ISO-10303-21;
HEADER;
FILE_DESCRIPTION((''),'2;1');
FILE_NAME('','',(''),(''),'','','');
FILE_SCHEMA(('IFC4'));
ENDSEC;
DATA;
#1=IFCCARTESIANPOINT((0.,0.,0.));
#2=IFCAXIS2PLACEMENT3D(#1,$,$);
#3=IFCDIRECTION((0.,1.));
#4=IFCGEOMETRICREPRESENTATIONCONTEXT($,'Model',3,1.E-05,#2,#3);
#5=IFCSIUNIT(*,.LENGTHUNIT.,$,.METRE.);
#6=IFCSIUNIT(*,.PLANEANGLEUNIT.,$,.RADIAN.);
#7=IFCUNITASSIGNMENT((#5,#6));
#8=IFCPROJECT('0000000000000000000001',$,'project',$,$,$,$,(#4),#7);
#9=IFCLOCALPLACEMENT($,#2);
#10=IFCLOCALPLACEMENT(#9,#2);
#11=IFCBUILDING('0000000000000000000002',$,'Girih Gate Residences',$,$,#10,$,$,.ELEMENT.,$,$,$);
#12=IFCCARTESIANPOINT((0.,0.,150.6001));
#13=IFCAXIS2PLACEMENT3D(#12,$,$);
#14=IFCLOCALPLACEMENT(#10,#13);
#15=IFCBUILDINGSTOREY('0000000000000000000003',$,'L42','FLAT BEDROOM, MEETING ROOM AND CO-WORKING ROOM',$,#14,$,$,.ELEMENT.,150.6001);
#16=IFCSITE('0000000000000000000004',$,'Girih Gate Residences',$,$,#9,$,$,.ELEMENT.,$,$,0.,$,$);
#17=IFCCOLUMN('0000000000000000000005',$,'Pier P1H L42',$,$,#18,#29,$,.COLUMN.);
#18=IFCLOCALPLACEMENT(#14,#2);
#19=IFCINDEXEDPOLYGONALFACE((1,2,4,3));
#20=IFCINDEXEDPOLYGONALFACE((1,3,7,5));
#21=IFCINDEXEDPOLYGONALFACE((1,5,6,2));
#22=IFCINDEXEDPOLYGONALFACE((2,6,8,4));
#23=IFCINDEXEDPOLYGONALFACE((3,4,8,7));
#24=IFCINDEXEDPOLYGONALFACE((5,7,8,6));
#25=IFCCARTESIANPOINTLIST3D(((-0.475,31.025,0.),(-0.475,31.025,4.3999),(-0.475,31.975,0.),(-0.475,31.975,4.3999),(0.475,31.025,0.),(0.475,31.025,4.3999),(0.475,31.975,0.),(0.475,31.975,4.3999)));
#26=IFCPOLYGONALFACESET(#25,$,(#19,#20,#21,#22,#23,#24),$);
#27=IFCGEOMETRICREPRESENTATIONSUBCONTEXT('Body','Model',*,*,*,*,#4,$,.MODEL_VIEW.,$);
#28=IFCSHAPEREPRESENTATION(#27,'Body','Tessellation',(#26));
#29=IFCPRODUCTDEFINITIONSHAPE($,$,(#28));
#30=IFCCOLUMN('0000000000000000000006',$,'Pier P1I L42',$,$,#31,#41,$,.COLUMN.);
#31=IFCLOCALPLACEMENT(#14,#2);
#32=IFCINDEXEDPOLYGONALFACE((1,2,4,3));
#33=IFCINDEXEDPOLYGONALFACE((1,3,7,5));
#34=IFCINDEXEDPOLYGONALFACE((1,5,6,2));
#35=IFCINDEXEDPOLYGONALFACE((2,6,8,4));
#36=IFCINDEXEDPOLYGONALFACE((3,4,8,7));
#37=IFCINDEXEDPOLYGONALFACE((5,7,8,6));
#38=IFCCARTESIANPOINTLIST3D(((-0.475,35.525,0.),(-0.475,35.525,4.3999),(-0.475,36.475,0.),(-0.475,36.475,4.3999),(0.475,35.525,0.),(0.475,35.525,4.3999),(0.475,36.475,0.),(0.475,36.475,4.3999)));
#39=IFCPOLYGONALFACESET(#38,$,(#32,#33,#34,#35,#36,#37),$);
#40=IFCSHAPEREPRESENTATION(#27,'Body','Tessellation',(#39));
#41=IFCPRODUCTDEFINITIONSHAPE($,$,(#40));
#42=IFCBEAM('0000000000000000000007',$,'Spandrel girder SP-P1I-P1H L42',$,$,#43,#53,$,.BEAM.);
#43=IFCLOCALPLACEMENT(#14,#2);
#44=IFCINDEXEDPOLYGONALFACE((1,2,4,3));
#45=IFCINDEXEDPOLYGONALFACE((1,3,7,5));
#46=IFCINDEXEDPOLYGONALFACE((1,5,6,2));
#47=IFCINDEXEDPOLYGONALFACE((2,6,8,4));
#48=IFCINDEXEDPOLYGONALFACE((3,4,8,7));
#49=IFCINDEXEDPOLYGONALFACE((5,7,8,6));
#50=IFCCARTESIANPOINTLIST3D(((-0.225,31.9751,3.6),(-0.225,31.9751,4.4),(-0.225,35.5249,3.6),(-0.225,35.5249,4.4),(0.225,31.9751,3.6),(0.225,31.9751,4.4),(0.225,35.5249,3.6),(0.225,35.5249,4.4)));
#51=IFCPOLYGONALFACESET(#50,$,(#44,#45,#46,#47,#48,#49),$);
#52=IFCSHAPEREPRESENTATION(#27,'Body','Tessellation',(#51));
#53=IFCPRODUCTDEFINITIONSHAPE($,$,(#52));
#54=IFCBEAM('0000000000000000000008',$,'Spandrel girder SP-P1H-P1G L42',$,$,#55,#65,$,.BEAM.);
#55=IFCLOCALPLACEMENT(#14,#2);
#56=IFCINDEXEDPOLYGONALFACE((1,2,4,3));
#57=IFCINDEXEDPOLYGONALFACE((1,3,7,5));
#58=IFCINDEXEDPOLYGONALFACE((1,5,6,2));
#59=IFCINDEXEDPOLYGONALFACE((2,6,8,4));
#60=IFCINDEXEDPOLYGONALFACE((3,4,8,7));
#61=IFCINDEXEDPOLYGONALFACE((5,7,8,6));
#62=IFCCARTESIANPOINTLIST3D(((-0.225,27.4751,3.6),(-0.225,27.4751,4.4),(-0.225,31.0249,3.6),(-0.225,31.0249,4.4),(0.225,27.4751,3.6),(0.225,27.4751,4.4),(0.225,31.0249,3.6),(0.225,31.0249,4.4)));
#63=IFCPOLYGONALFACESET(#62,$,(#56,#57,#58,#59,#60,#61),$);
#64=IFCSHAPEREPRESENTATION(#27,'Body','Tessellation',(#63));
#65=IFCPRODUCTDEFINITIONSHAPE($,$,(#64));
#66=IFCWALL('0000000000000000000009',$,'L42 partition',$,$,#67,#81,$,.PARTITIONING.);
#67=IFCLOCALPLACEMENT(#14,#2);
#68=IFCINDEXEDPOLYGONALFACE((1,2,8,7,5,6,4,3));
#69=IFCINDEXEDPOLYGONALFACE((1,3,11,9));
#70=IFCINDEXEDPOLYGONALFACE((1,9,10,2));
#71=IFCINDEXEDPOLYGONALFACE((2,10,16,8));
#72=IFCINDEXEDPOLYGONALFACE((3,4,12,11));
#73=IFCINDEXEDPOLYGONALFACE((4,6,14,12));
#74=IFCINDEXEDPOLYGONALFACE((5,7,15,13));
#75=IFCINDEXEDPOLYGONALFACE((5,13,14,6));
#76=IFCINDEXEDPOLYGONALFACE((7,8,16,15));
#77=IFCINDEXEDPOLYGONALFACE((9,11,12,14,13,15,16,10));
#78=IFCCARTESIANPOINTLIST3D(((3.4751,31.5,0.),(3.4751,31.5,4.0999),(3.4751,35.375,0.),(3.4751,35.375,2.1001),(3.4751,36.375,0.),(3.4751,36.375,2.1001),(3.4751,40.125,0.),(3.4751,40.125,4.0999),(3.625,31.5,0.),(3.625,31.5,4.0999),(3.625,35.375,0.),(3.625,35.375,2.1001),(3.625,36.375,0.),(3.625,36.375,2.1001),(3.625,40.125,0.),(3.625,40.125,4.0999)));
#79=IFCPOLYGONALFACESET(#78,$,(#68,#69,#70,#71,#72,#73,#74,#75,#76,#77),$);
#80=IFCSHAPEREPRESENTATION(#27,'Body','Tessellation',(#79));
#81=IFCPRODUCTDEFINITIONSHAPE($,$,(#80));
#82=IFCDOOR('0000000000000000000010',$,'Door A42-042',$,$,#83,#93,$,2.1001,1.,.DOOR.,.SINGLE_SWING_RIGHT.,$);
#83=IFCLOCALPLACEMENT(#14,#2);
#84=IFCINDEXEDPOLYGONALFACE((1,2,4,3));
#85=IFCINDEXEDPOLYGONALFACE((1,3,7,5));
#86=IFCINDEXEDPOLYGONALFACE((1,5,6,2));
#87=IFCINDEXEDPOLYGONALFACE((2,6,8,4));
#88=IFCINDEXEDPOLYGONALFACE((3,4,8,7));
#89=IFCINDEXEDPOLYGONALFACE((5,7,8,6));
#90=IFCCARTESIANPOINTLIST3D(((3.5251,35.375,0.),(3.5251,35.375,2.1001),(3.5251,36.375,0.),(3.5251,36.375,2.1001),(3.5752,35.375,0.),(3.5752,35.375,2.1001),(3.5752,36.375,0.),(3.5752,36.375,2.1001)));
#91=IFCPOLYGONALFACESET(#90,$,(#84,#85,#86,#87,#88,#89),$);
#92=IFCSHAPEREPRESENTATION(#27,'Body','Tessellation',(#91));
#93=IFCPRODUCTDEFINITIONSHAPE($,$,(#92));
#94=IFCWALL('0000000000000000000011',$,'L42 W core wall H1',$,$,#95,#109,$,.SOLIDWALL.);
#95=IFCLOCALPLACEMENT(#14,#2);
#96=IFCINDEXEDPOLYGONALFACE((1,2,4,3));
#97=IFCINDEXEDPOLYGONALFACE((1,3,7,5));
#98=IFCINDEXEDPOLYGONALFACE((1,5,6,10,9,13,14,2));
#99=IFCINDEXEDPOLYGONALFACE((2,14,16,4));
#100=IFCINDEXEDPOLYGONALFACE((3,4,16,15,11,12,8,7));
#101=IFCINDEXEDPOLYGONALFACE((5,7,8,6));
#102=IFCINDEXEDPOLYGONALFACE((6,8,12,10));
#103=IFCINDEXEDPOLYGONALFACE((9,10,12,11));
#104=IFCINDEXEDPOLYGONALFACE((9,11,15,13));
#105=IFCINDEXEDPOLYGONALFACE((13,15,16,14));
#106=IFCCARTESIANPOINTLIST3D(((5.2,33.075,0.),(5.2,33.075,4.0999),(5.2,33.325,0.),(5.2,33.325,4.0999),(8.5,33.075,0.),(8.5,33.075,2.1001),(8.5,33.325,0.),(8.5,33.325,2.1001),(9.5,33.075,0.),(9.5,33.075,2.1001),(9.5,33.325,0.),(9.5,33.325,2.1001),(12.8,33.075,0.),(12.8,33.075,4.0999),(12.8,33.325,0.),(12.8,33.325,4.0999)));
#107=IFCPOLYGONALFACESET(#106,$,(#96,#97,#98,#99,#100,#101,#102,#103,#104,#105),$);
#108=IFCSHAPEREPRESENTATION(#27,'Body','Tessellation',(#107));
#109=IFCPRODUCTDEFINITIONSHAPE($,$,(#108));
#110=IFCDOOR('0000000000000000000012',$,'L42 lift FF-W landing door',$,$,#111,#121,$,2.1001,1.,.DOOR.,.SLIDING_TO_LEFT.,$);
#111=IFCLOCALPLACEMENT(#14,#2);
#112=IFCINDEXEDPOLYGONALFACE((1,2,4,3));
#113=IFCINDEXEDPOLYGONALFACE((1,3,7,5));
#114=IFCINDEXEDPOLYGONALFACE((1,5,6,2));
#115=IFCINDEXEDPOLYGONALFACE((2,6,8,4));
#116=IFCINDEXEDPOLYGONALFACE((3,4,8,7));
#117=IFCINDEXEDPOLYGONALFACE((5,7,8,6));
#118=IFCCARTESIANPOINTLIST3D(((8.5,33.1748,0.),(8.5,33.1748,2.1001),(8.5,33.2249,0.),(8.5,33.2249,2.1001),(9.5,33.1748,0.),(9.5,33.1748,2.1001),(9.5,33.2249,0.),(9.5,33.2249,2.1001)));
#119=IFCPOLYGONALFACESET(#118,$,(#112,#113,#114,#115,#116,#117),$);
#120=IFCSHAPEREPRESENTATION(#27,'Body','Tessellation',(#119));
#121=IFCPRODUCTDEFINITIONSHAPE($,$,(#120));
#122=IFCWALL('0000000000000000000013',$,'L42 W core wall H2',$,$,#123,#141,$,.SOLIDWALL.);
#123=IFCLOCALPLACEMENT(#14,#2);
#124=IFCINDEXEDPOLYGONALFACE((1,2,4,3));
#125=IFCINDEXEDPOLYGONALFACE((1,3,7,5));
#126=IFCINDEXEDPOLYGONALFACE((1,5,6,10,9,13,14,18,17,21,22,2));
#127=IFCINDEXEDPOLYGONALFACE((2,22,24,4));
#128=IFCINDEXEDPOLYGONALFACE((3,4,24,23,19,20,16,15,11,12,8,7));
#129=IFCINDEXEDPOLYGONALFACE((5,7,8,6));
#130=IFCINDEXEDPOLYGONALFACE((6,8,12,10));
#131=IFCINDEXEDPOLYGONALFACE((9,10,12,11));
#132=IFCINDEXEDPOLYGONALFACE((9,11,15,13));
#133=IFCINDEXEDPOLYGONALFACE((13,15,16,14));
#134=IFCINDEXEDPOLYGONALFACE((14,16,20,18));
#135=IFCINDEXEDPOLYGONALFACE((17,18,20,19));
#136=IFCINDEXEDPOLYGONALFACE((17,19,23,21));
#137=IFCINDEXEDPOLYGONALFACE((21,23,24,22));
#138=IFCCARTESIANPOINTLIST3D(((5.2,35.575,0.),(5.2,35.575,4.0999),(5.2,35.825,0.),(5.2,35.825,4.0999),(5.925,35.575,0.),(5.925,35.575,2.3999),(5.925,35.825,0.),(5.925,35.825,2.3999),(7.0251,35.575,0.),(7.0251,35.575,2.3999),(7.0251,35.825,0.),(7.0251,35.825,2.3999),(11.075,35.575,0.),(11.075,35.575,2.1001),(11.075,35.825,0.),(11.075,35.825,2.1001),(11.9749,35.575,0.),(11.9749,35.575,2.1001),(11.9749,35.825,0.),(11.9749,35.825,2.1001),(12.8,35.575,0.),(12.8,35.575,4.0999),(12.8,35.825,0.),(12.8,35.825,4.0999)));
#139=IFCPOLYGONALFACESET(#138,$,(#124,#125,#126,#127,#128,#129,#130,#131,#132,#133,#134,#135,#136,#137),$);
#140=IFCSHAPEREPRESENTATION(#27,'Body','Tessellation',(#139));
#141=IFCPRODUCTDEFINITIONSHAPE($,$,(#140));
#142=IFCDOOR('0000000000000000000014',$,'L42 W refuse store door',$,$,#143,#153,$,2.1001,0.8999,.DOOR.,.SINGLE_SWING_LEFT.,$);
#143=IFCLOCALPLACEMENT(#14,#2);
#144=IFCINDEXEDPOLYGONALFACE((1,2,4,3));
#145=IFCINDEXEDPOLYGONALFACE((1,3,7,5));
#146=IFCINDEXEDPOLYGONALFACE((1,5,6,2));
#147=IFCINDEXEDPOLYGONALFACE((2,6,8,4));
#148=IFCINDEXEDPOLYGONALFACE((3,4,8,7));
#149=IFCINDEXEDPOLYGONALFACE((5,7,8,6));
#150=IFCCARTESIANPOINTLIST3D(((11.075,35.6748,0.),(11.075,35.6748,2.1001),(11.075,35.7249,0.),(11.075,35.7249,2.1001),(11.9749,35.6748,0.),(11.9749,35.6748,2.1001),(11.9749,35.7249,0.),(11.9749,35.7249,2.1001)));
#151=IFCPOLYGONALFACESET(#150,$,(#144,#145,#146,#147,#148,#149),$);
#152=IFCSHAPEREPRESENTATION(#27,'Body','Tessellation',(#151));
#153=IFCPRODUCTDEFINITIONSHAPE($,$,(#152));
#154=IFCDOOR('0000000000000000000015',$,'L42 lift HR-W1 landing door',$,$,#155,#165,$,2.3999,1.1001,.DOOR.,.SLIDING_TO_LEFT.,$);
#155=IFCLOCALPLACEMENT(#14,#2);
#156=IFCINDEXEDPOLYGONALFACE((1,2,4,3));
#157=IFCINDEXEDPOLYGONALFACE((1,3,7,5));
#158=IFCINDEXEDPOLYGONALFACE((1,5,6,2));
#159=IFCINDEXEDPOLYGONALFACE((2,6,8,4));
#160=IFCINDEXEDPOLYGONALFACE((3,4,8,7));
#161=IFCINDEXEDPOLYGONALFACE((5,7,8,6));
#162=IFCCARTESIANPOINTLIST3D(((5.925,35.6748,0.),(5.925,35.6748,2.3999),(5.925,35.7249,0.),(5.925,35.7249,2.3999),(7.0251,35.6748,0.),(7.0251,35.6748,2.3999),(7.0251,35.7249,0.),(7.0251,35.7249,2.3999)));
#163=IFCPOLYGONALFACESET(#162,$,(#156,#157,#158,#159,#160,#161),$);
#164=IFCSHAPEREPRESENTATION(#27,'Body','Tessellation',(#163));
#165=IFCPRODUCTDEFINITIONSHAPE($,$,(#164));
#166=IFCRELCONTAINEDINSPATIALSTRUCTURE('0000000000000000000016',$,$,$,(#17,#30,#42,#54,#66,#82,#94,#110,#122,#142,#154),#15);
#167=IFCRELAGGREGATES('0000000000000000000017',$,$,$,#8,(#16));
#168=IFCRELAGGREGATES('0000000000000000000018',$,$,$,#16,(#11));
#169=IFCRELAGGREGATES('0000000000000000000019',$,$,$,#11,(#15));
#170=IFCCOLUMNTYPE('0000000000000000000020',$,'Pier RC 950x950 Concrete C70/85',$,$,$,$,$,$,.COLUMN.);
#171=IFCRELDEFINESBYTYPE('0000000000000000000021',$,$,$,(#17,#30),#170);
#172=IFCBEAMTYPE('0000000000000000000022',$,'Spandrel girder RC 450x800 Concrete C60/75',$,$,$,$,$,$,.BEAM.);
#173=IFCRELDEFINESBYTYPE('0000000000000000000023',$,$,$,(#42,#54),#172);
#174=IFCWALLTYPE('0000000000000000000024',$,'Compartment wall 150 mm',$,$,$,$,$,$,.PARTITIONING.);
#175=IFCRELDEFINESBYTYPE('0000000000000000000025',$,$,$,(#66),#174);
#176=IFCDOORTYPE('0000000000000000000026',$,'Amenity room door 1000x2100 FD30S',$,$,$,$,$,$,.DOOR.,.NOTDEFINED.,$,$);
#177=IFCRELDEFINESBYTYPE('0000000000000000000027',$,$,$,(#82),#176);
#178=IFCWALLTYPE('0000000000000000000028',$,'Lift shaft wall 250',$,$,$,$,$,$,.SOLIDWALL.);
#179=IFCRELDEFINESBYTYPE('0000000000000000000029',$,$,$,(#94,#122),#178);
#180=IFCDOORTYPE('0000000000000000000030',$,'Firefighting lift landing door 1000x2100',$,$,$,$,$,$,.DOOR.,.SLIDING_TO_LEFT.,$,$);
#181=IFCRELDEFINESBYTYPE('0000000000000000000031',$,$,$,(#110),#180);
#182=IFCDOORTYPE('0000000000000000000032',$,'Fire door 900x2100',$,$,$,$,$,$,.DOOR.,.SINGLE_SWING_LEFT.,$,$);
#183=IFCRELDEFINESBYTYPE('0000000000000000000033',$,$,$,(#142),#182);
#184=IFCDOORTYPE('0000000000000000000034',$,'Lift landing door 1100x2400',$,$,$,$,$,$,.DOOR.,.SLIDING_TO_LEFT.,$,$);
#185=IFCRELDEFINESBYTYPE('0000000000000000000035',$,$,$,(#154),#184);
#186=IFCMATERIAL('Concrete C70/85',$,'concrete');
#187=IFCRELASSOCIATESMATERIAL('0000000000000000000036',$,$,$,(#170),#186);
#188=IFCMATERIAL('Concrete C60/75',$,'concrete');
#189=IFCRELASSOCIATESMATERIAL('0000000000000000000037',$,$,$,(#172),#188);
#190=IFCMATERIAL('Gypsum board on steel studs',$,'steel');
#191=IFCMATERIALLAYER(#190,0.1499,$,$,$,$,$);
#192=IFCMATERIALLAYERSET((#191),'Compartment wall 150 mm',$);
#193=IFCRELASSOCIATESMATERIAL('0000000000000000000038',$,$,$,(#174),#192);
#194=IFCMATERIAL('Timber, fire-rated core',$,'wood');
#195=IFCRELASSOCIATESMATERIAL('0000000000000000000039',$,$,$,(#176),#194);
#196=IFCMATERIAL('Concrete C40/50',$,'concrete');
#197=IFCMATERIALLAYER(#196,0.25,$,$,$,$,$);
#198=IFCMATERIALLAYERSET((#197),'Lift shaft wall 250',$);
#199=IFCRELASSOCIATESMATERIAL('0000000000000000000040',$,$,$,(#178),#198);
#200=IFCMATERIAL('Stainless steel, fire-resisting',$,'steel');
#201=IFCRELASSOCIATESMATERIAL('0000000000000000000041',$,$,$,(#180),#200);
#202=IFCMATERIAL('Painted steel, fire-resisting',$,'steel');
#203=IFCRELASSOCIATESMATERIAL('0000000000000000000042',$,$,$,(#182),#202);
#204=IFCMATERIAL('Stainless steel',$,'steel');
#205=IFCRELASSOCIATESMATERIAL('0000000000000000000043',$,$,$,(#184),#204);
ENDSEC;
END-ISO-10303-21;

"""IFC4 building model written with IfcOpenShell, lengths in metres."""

from ifc_helpers import new_model, si_unit, direction, frame, frame_2d, origin, origin_2d, place, context, subcontext, project, spatial, rectangle, extrude, material, layer, layer_set, material_profile, profile_set, type_object, element, fill, save


model = new_model("IFC4")

# Units and contexts
model_context = context("Model", 3, precision=1e-05, world=origin(), true_north=direction((0.0, 1.0)))
body_context = subcontext(model_context, "Body", "Model", "MODEL_VIEW")
ifc_project = project(units=[si_unit("LENGTHUNIT", "METRE"), si_unit("PLANEANGLEUNIT", "RADIAN")], contexts=[model_context])

# Site, building, storey
site_placement = place(None, origin())
site = spatial("IfcSite", under=ifc_project, at=site_placement, Name="Girih Gate Residences", CompositionType="ELEMENT", RefElevation=0.0)
building_placement = place(site_placement, origin())
building = spatial("IfcBuilding", under=site, at=building_placement, Name="Girih Gate Residences", CompositionType="ELEMENT")
storey_placement = place(building_placement, frame((0.0, 0.0, 150.6001)))
storey = spatial("IfcBuildingStorey", under=building, at=storey_placement, Name="L42", Description="FLAT BEDROOM, MEETING ROOM AND CO-WORKING ROOM", CompositionType="ELEMENT", Elevation=150.6001)

# Columns
ifc_material_1 = material(Name="Concrete C70/85", Category="concrete")
ifc_material_profile_1 = material_profile(ifc_material_1, rectangle(XDim=0.95, YDim=0.95, at=origin_2d()))
ifc_profile_set_1 = profile_set([ifc_material_profile_1], Name="Concrete C70/85")
column_type = type_object("IfcColumnType", Name="Pier RC 950x950 Concrete C70/85", PredefinedType="COLUMN", material=ifc_profile_set_1)
for number, where, z_axis, x_axis, name in (
    (1, (0.0, 31.5, 0.0), (0.0, 0.0, 1.0), (1.0, 0.0, 0.0), "Pier P1H L42"),
    (2, (0.0, 36.0, 0.0), (0.0, 0.0, 1.0), (1.0, 0.0, 0.0), "Pier P1I L42"),
):
    element("IfcColumn", number, at=place(storey_placement, frame(where, z_axis=z_axis, x_axis=x_axis)), inside=storey, type_object=column_type, Name=name, PredefinedType="COLUMN", context=body_context, shape_type="SweptSolid", body=[
        extrude(rectangle(XDim=0.95, YDim=0.95, at=origin_2d()), origin(), (0.0, 0.0, 1.0), 4.3999),
    ])

# Beams
ifc_material_2 = material(Name="Concrete C60/75", Category="concrete")
ifc_material_profile_2 = material_profile(ifc_material_2, rectangle(XDim=0.45, YDim=0.8, at=origin_2d()))
ifc_profile_set_2 = profile_set([ifc_material_profile_2], Name="Concrete C60/75")
beam_type = type_object("IfcBeamType", Name="Spandrel girder RC 450x800 Concrete C60/75", PredefinedType="BEAM", material=ifc_profile_set_2)
for number, where, z_axis, x_axis, name in (
    (3, (0.0, 35.5249, 4.0), (0.0, -1.0, 0.0), (1.0, 0.0, 0.0), "Spandrel girder SP-P1I-P1H L42"),
    (4, (0.0, 31.0249, 4.0), (0.0, -1.0, 0.0), (1.0, 0.0, 0.0), "Spandrel girder SP-P1H-P1G L42"),
):
    element("IfcBeam", number, at=place(storey_placement, frame(where, z_axis=z_axis, x_axis=x_axis)), inside=storey, type_object=beam_type, Name=name, PredefinedType="BEAM", context=body_context, shape_type="SweptSolid", body=[
        extrude(rectangle(XDim=0.45, YDim=0.8, at=origin_2d()), origin(), (0.0, 0.0, 1.0), 3.5498),
    ])

# Walls, openings, doors
ifc_material_3 = material(Name="Gypsum board on steel studs", Category="steel")
ifc_layer_1 = layer(ifc_material_3, 0.1499)
ifc_layer_set_1 = layer_set([ifc_layer_1], Name="Compartment wall 150 mm")
wall_type_1 = type_object("IfcWallType", Name="Compartment wall 150 mm", PredefinedType="PARTITIONING", material=ifc_layer_set_1)
wall_1_placement = place(storey_placement, frame((3.55, 31.5, 0.0), z_axis=(0.0, 0.0, 1.0), x_axis=(0.0, 1.0, 0.0)))
wall_1 = element("IfcWall", 5, at=wall_1_placement, inside=storey, type_object=wall_type_1, Name="L42 partition", PredefinedType="PARTITIONING", context=body_context, shape_type="SweptSolid", body=[
    extrude(rectangle(XDim=8.625, YDim=0.1499, at=frame_2d((4.3125, 0.0))), origin(), (0.0, 0.0, 1.0), 4.0999),
])
opening_1_placement = place(wall_1_placement, frame((3.875, 0.0, 0.0)))
opening_1 = element("IfcOpeningElement", 6, at=opening_1_placement, cuts=wall_1, PredefinedType="OPENING", context=body_context, shape_type="SweptSolid", body=[
    extrude(rectangle(XDim=1.0, YDim=2.1001, at=frame_2d((0.5, 1.05))), frame((0.0, 0.085, 0.0), z_axis=(0.0, -1.0, 0.0), x_axis=(1.0, 0.0, 0.0)), (0.0, 0.0, 1.0), 0.1699),
])
ifc_material_4 = material(Name="Timber, fire-rated core", Category="wood")
door_type_1 = type_object("IfcDoorType", Name="Amenity room door 1000x2100 FD30S", OperationType="NOTDEFINED", PredefinedType="DOOR", material=ifc_material_4)
door_1_placement = place(opening_1_placement, origin())
door_1 = element("IfcDoor", 7, at=door_1_placement, inside=storey, type_object=door_type_1, Name="Door A42-042", OperationType="SINGLE_SWING_RIGHT", OverallHeight=2.1001, OverallWidth=1.0, PredefinedType="DOOR", context=body_context, shape_type="SweptSolid", body=[
    extrude(rectangle(XDim=1.0, YDim=2.1001, at=frame_2d((0.5, 1.05))), frame((0.0, 0.0249, 0.0), z_axis=(0.0, -1.0, 0.0), x_axis=(1.0, 0.0, 0.0)), (0.0, 0.0, 1.0), 0.05),
])
fill(opening_1, door_1)
ifc_material_5 = material(Name="Concrete C40/50", Category="concrete")
ifc_layer_2 = layer(ifc_material_5, 0.25)
ifc_layer_set_2 = layer_set([ifc_layer_2], Name="Lift shaft wall 250")
wall_type_2 = type_object("IfcWallType", Name="Lift shaft wall 250", PredefinedType="SOLIDWALL", material=ifc_layer_set_2)
wall_2_placement = place(storey_placement, frame((5.2, 33.2, 0.0), z_axis=(0.0, 0.0, 1.0), x_axis=(1.0, 0.0, 0.0)))
wall_2 = element("IfcWall", 8, at=wall_2_placement, inside=storey, type_object=wall_type_2, Name="L42 W core wall H1", PredefinedType="SOLIDWALL", context=body_context, shape_type="SweptSolid", body=[
    extrude(rectangle(XDim=7.6001, YDim=0.25, at=frame_2d((3.8, 0.0))), origin(), (0.0, 0.0, 1.0), 4.0999),
])
opening_2_placement = place(wall_2_placement, frame((3.3, 0.0, 0.0)))
opening_2 = element("IfcOpeningElement", 9, at=opening_2_placement, cuts=wall_2, PredefinedType="OPENING", context=body_context, shape_type="SweptSolid", body=[
    extrude(rectangle(XDim=1.0, YDim=2.1001, at=frame_2d((0.5, 1.05))), frame((0.0, 0.135, 0.0), z_axis=(0.0, -1.0, 0.0), x_axis=(1.0, 0.0, 0.0)), (0.0, 0.0, 1.0), 0.27),
])
ifc_material_6 = material(Name="Stainless steel, fire-resisting", Category="steel")
door_type_2 = type_object("IfcDoorType", Name="Firefighting lift landing door 1000x2100", OperationType="SLIDING_TO_LEFT", PredefinedType="DOOR", material=ifc_material_6)
door_2_placement = place(opening_2_placement, origin())
door_2 = element("IfcDoor", 10, at=door_2_placement, inside=storey, type_object=door_type_2, Name="L42 lift FF-W landing door", OperationType="SLIDING_TO_LEFT", OverallHeight=2.1001, OverallWidth=1.0, PredefinedType="DOOR", context=body_context, shape_type="SweptSolid", body=[
    extrude(rectangle(XDim=1.0, YDim=2.1001, at=frame_2d((0.5, 1.05))), frame((0.0, 0.0249, 0.0), z_axis=(0.0, -1.0, 0.0), x_axis=(1.0, 0.0, 0.0)), (0.0, 0.0, 1.0), 0.05),
])
fill(opening_2, door_2)

# Wall, openings, doors
wall_3_placement = place(storey_placement, frame((5.2, 35.7, 0.0), z_axis=(0.0, 0.0, 1.0), x_axis=(1.0, 0.0, 0.0)))
wall_3 = element("IfcWall", 11, at=wall_3_placement, inside=storey, type_object=wall_type_2, Name="L42 W core wall H2", PredefinedType="SOLIDWALL", context=body_context, shape_type="SweptSolid", body=[
    extrude(rectangle(XDim=7.6001, YDim=0.25, at=frame_2d((3.8, 0.0))), origin(), (0.0, 0.0, 1.0), 4.0999),
])
opening_3_placement = place(wall_3_placement, frame((0.7251, 0.0, 0.0)))
opening_3 = element("IfcOpeningElement", 12, at=opening_3_placement, cuts=wall_3, PredefinedType="OPENING", context=body_context, shape_type="SweptSolid", body=[
    extrude(rectangle(XDim=1.1001, YDim=2.3999, at=frame_2d((0.55, 1.2))), frame((0.0, 0.135, 0.0), z_axis=(0.0, -1.0, 0.0), x_axis=(1.0, 0.0, 0.0)), (0.0, 0.0, 1.0), 0.27),
])
opening_4_placement = place(wall_3_placement, frame((5.875, 0.0, 0.0)))
opening_4 = element("IfcOpeningElement", 13, at=opening_4_placement, cuts=wall_3, PredefinedType="OPENING", context=body_context, shape_type="SweptSolid", body=[
    extrude(rectangle(XDim=0.8999, YDim=2.1001, at=frame_2d((0.45, 1.05))), frame((0.0, 0.135, 0.0), z_axis=(0.0, -1.0, 0.0), x_axis=(1.0, 0.0, 0.0)), (0.0, 0.0, 1.0), 0.27),
])
ifc_material_7 = material(Name="Painted steel, fire-resisting", Category="steel")
door_type_3 = type_object("IfcDoorType", Name="Fire door 900x2100", OperationType="SINGLE_SWING_LEFT", PredefinedType="DOOR", material=ifc_material_7)
door_3_placement = place(opening_4_placement, origin())
door_3 = element("IfcDoor", 14, at=door_3_placement, inside=storey, type_object=door_type_3, Name="L42 W refuse store door", OperationType="SINGLE_SWING_LEFT", OverallHeight=2.1001, OverallWidth=0.8999, PredefinedType="DOOR", context=body_context, shape_type="SweptSolid", body=[
    extrude(rectangle(XDim=0.8999, YDim=2.1001, at=frame_2d((0.45, 1.05))), frame((0.0, 0.0249, 0.0), z_axis=(0.0, -1.0, 0.0), x_axis=(1.0, 0.0, 0.0)), (0.0, 0.0, 1.0), 0.05),
])
fill(opening_4, door_3)
ifc_material_8 = material(Name="Stainless steel", Category="steel")
door_type_4 = type_object("IfcDoorType", Name="Lift landing door 1100x2400", OperationType="SLIDING_TO_LEFT", PredefinedType="DOOR", material=ifc_material_8)
door_4_placement = place(opening_3_placement, origin())
door_4 = element("IfcDoor", 15, at=door_4_placement, inside=storey, type_object=door_type_4, Name="L42 lift HR-W1 landing door", OperationType="SLIDING_TO_LEFT", OverallHeight=2.3999, OverallWidth=1.1001, PredefinedType="DOOR", context=body_context, shape_type="SweptSolid", body=[
    extrude(rectangle(XDim=1.1001, YDim=2.3999, at=frame_2d((0.55, 1.2))), frame((0.0, 0.0249, 0.0), z_axis=(0.0, -1.0, 0.0), x_axis=(1.0, 0.0, 0.0)), (0.0, 0.0, 1.0), 0.05),
])
fill(opening_3, door_4)

save(model, "model.ifc")
